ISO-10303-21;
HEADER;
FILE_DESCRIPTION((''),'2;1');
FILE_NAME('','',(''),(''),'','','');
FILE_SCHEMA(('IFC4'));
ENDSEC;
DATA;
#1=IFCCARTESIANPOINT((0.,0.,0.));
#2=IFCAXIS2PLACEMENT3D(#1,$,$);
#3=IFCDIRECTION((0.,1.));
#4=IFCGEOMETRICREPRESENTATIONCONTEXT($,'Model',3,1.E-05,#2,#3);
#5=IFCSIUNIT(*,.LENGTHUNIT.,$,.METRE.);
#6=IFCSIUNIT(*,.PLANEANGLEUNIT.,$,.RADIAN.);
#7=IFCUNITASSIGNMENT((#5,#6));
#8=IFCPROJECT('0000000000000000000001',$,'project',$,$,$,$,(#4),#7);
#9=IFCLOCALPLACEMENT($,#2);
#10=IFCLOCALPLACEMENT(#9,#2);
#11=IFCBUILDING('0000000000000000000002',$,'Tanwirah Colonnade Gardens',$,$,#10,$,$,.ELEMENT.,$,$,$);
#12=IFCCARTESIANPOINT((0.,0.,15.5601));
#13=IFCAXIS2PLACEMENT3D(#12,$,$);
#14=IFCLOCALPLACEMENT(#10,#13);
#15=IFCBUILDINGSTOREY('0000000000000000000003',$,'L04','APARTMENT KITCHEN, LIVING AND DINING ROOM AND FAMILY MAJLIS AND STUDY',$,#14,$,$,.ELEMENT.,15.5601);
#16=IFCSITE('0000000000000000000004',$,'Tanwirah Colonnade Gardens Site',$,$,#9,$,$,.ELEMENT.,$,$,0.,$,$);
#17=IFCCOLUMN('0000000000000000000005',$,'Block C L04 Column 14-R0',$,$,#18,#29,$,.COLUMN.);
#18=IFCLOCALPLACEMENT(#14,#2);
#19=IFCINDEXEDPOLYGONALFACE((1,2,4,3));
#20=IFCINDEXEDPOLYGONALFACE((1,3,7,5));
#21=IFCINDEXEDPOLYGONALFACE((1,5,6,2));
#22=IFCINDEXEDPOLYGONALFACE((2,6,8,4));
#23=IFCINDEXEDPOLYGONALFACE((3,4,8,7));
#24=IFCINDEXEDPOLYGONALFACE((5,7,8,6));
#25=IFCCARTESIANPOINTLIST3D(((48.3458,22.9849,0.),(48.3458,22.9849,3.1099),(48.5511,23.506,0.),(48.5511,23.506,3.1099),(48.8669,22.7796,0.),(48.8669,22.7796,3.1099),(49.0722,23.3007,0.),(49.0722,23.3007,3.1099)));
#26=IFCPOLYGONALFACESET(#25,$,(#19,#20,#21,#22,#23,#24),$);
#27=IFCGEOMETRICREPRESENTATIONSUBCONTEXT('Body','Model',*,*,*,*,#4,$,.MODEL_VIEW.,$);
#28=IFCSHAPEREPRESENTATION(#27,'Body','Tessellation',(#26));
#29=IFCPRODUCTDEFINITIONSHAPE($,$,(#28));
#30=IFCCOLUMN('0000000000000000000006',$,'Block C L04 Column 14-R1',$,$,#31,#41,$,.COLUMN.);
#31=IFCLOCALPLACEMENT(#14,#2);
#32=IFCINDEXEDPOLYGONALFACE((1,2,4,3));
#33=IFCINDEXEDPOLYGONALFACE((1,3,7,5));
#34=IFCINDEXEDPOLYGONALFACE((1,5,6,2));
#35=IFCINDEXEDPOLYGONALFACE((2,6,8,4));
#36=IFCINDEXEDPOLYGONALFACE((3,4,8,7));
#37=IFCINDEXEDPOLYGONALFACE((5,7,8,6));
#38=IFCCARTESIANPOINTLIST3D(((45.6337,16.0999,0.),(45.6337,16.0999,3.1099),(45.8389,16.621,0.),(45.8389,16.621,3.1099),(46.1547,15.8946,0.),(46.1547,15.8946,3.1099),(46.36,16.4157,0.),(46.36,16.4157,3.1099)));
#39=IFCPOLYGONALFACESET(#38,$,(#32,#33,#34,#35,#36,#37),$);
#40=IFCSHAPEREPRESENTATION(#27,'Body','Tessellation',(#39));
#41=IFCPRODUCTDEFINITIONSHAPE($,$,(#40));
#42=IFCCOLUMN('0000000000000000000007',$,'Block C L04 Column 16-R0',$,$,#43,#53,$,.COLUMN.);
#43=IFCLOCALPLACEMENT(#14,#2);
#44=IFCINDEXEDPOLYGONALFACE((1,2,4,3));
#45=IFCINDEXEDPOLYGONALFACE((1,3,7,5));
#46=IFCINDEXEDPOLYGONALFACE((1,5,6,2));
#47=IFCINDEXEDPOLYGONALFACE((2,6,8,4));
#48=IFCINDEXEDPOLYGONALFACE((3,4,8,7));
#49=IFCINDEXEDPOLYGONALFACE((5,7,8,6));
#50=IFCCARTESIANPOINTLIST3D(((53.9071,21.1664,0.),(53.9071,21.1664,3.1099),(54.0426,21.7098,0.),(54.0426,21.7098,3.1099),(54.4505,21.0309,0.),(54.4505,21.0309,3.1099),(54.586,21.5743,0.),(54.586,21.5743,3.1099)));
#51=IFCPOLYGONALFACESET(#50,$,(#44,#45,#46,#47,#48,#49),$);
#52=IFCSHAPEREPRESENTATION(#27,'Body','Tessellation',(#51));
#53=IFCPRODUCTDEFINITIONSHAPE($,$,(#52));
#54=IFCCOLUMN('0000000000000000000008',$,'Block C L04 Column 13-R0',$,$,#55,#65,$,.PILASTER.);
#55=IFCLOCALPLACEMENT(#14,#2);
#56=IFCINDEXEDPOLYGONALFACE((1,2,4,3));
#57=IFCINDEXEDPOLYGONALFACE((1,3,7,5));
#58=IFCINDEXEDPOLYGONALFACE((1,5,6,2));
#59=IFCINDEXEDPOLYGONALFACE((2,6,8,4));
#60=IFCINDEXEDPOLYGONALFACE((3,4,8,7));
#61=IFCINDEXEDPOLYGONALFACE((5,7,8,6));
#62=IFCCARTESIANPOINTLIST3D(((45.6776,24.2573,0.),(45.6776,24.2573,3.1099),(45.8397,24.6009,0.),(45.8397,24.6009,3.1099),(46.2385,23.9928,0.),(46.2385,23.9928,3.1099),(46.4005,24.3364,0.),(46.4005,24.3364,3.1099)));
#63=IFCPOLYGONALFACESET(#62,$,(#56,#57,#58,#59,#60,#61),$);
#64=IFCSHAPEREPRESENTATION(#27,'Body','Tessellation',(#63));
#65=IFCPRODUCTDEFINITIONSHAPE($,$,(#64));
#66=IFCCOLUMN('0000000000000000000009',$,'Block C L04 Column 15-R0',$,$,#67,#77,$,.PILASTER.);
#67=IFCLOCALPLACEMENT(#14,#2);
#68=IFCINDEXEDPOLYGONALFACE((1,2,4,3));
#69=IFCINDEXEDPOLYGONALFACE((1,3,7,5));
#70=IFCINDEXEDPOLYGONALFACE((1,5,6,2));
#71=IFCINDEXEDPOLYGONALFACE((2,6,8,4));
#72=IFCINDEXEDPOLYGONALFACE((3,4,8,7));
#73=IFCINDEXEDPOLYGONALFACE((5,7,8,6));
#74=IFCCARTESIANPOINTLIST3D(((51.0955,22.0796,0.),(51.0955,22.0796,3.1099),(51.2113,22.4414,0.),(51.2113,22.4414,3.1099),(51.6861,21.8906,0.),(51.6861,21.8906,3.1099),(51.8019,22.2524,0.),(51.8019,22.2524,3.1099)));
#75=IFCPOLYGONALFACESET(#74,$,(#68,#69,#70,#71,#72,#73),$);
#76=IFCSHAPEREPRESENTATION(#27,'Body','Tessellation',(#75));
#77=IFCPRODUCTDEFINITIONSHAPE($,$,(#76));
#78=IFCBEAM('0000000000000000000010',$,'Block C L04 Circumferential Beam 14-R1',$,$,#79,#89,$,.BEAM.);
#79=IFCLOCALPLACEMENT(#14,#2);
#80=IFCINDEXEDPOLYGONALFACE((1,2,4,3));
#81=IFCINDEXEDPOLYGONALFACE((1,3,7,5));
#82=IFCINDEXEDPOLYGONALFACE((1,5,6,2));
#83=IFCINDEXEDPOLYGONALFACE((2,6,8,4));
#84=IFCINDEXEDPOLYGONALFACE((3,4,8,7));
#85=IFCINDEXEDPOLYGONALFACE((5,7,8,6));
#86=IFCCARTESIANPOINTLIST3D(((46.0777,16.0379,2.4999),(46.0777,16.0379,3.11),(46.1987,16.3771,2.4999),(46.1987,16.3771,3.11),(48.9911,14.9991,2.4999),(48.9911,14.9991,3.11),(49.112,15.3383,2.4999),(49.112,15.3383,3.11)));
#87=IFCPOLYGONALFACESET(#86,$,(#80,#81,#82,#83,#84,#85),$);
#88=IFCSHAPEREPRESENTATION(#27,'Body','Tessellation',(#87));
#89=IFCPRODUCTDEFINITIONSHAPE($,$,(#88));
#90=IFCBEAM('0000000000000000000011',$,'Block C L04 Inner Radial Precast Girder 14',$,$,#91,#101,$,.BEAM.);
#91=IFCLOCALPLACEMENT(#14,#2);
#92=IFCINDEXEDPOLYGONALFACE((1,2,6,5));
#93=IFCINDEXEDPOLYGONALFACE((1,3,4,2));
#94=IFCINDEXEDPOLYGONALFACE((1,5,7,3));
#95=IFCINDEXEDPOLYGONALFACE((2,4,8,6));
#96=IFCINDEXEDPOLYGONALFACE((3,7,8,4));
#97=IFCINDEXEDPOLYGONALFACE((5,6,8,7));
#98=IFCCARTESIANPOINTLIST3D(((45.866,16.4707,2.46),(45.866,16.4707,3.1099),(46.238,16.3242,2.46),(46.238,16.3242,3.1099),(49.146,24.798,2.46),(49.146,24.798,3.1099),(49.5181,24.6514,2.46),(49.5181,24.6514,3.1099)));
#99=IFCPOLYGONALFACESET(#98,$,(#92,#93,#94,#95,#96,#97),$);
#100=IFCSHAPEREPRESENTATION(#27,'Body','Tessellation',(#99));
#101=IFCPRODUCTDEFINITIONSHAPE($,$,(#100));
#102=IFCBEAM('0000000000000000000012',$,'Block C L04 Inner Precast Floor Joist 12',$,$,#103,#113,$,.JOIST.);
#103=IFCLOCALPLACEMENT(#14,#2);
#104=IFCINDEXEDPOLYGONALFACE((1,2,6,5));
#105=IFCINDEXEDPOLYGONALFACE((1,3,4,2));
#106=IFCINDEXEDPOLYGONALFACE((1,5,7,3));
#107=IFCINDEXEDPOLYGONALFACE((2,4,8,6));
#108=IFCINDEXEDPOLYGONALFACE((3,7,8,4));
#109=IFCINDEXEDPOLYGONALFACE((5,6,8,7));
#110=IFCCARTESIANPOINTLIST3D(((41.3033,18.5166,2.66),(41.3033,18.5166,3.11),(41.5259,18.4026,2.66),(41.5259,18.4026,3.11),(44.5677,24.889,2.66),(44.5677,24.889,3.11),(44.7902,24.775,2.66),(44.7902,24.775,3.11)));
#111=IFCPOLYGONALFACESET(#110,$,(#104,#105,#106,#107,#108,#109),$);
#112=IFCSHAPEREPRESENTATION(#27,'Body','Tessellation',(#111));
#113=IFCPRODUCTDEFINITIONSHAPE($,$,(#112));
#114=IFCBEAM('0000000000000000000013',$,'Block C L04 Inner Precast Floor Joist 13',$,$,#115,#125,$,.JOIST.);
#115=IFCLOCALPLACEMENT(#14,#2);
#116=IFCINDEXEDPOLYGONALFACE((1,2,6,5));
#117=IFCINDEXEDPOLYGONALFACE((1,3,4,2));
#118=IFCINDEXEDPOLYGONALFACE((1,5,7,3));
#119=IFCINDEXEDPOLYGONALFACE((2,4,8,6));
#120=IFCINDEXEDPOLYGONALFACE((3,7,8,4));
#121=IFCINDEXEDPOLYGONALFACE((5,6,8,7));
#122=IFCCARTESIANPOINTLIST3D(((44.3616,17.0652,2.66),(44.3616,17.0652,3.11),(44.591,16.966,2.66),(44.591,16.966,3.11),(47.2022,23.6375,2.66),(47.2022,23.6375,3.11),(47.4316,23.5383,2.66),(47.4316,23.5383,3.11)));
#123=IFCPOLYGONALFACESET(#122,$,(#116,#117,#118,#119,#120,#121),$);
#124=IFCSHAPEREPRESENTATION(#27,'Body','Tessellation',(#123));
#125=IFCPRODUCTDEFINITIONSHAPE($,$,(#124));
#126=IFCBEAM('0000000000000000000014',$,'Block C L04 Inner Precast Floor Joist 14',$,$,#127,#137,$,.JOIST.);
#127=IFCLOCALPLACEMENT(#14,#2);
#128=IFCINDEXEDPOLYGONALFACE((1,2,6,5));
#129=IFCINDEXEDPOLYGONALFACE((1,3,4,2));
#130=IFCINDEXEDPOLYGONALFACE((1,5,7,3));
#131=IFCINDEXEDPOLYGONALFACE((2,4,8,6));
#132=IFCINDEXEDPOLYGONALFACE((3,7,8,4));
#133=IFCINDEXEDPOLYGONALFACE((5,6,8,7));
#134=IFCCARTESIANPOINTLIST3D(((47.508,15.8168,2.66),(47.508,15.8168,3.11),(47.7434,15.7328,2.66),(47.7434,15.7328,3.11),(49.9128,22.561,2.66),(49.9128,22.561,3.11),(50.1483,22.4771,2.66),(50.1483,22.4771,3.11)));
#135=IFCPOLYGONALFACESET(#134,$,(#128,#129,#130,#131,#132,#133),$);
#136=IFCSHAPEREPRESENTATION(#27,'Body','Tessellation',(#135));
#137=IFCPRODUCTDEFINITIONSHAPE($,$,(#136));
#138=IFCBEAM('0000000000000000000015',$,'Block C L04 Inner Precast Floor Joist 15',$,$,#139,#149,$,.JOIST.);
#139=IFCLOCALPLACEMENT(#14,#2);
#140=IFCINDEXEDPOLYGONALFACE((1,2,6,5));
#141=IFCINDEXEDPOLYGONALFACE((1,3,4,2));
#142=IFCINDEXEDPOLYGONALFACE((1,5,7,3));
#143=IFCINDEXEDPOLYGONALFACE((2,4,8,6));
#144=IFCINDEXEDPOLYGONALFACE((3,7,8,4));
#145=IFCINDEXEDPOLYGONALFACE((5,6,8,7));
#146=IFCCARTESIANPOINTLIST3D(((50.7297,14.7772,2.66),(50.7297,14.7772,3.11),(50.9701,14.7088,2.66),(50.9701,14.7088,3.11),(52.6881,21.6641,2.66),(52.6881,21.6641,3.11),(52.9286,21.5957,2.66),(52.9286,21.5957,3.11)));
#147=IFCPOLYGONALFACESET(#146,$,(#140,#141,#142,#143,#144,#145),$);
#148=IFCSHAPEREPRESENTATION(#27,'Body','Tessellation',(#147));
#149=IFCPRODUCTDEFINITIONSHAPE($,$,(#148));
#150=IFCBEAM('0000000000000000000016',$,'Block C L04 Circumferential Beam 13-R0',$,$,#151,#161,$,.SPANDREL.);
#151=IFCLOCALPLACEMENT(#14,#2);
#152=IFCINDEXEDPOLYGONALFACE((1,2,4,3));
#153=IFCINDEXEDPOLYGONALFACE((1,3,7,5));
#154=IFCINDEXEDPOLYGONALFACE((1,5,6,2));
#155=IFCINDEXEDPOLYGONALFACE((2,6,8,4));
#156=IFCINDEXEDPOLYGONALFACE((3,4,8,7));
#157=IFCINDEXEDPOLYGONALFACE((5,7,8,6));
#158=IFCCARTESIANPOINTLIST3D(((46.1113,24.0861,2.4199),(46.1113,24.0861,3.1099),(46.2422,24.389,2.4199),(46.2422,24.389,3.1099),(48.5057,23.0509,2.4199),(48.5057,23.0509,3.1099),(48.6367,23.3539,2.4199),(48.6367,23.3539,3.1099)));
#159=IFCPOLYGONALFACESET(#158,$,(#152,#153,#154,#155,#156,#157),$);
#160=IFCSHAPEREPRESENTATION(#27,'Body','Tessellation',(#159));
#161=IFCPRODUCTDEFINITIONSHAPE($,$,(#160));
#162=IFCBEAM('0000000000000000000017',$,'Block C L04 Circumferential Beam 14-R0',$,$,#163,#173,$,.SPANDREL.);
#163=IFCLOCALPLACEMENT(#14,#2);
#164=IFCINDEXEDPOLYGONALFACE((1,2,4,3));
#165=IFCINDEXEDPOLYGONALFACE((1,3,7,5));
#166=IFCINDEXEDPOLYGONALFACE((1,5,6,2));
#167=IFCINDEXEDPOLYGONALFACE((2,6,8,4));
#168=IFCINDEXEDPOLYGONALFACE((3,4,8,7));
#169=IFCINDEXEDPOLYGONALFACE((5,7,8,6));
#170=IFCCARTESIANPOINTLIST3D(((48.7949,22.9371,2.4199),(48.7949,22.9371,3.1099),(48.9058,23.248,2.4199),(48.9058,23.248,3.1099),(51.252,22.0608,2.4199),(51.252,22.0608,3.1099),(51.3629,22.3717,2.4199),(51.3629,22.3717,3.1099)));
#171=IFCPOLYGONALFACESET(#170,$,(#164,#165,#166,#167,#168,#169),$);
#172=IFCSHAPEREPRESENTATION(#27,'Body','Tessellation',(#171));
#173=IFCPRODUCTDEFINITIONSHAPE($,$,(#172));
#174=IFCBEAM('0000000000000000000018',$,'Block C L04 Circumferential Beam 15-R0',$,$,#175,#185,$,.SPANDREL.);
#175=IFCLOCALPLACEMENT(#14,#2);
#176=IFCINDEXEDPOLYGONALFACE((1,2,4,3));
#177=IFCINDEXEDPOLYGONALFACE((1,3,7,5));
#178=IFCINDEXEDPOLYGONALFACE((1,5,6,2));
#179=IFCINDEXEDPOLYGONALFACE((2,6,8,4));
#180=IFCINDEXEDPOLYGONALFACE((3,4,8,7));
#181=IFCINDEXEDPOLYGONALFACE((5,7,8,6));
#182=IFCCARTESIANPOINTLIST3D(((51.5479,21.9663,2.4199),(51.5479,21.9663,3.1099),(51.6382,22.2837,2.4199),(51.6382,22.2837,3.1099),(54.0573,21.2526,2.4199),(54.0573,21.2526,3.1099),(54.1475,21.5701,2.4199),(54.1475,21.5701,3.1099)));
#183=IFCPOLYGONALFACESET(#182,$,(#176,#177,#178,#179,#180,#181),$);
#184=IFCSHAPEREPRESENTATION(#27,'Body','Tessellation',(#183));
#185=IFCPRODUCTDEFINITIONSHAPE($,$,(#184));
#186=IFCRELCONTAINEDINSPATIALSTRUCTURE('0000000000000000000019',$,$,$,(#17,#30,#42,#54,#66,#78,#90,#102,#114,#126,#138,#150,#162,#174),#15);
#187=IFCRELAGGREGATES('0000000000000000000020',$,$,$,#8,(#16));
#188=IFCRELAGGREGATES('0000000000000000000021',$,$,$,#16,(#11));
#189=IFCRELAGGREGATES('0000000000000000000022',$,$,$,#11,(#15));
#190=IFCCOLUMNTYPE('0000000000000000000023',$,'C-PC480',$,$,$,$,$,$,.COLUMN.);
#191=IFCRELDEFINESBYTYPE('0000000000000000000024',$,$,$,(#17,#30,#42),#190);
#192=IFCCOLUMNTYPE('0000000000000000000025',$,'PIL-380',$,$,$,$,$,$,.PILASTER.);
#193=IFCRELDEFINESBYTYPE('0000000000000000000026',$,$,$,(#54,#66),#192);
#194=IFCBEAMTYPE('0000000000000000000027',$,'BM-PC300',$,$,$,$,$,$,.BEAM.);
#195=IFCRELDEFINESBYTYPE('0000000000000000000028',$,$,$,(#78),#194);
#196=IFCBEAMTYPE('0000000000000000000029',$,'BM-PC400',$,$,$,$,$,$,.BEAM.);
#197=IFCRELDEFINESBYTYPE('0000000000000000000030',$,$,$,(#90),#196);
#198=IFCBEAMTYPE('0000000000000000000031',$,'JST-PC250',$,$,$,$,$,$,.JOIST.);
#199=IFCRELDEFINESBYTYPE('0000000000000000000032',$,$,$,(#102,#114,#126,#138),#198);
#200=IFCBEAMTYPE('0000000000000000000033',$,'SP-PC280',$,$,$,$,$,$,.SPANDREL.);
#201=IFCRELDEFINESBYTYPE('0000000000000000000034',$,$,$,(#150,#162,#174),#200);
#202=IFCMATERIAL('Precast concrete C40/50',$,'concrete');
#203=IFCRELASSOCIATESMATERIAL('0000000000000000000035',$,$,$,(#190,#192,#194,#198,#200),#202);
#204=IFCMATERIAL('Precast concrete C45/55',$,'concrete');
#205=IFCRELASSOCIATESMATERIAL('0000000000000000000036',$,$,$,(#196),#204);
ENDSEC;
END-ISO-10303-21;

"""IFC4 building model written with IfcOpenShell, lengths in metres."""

from ifc_helpers import new_model, si_unit, direction, frame, origin, origin_2d, place, context, subcontext, project, spatial, rectangle, extrude, material, material_profile, profile_set, type_object, element, save


model = new_model("IFC4")

# Units and contexts
model_context = context("Model", 3, precision=1e-05, world=origin(), true_north=direction((0.0, 1.0)))
body_context = subcontext(model_context, "Body", "Model", "MODEL_VIEW")
ifc_project = project(units=[si_unit("LENGTHUNIT", "METRE"), si_unit("PLANEANGLEUNIT", "RADIAN")], contexts=[model_context])

# Site, building, storey
site_placement = place(None, origin())
site = spatial("IfcSite", under=ifc_project, at=site_placement, Name="Tanwirah Colonnade Gardens Site", CompositionType="ELEMENT", RefElevation=0.0)
building_placement = place(site_placement, origin())
building = spatial("IfcBuilding", under=site, at=building_placement, Name="Tanwirah Colonnade Gardens", CompositionType="ELEMENT")
storey_placement = place(building_placement, frame((0.0, 0.0, 15.5601)))
storey = spatial("IfcBuildingStorey", under=building, at=storey_placement, Name="L04", Description="APARTMENT KITCHEN, LIVING AND DINING ROOM AND FAMILY MAJLIS AND STUDY", CompositionType="ELEMENT", Elevation=15.5601)

# Columns
ifc_material_1 = material(Name="Precast concrete C40/50", Category="concrete")
ifc_material_profile_1 = material_profile(ifc_material_1, rectangle(XDim=0.5601, YDim=0.5601, at=origin_2d()), Name="PC-COL 560x560")
ifc_profile_set_1 = profile_set([ifc_material_profile_1], Name="Precast concrete C40/50")
column_type_1 = type_object("IfcColumnType", Name="C-PC480", PredefinedType="COLUMN", material=ifc_profile_set_1)
for number, where, z_axis, x_axis, name in (
    (1, (48.709, 23.1428, 0.0), (0.0, 0.0, 1.0), (-0.366501, -0.930418, 0.0), "Block C L04 Column 14-R0"),
    (2, (45.9968, 16.2578, 0.0), (0.0, 0.0, 1.0), (-0.366501, -0.930418, 0.0), "Block C L04 Column 14-R1"),
    (3, (54.2466, 21.3704, 0.0), (0.0, 0.0, 1.0), (-0.241922, -0.970296, 0.0), "Block C L04 Column 16-R0"),
):
    element("IfcColumn", number, at=place(storey_placement, frame(where, z_axis=z_axis, x_axis=x_axis)), inside=storey, type_object=column_type_1, Name=name, PredefinedType="COLUMN", context=body_context, shape_type="SweptSolid", body=[
        extrude(rectangle(XDim=0.5601, YDim=0.5601, at=origin_2d()), origin(), (0.0, 0.0, 1.0), 3.1099),
    ])
ifc_material_profile_2 = material_profile(ifc_material_1, rectangle(XDim=0.3799, YDim=0.6201, at=origin_2d()), Name="PC-PIL 380x620")
ifc_profile_set_2 = profile_set([ifc_material_profile_2], Name="Precast concrete C40/50")
column_type_2 = type_object("IfcColumnType", Name="PIL-380", PredefinedType="PILASTER", material=ifc_profile_set_2)
for number, where, z_axis, x_axis, name in (
    (4, (46.0391, 24.2969, 0.0), (0.0, 0.0, 1.0), (-0.426569, -0.904455, 0.0), "Block C L04 Column 13-R0"),
    (5, (51.4487, 22.166, 0.0), (0.0, 0.0, 1.0), (-0.304864, -0.952396, 0.0), "Block C L04 Column 15-R0"),
):
    element("IfcColumn", number, at=place(storey_placement, frame(where, z_axis=z_axis, x_axis=x_axis)), inside=storey, type_object=column_type_2, Name=name, PredefinedType="PILASTER", context=body_context, shape_type="SweptSolid", body=[
        extrude(rectangle(XDim=0.3799, YDim=0.6201, at=origin_2d()), origin(), (0.0, 0.0, 1.0), 3.1099),
    ])

# Beams
ifc_material_profile_3 = material_profile(ifc_material_1, rectangle(XDim=0.3601, YDim=0.6101, at=origin_2d()), Name="PC-BM 360x610")
ifc_profile_set_3 = profile_set([ifc_material_profile_3], Name="Precast concrete C40/50")
beam_type_1 = type_object("IfcBeamType", Name="BM-PC300", PredefinedType="BEAM", material=ifc_profile_set_3)
beam_1_placement = place(storey_placement, frame((46.1382, 16.2075, 2.8049), z_axis=(0.941911, -0.335861, 0.0), x_axis=(0.335861, 0.941911, 0.0)))
element("IfcBeam", 6, at=beam_1_placement, inside=storey, type_object=beam_type_1, Name="Block C L04 Circumferential Beam 14-R1", PredefinedType="BEAM", context=body_context, shape_type="SweptSolid", body=[
    extrude(rectangle(XDim=0.3601, YDim=0.6101, at=origin_2d()), origin(), (0.0, 0.0, 1.0), 3.093),
])
ifc_material_2 = material(Name="Precast concrete C45/55", Category="concrete")
ifc_material_profile_4 = material_profile(ifc_material_2, rectangle(XDim=0.3999, YDim=0.6499, at=origin_2d()), Name="PC-BM 400x650")
ifc_profile_set_4 = profile_set([ifc_material_profile_4], Name="Precast concrete C45/55")
beam_type_2 = type_object("IfcBeamType", Name="BM-PC400", PredefinedType="BEAM", material=ifc_profile_set_4)
beam_2_placement = place(storey_placement, frame((46.052, 16.3975, 2.7849), z_axis=(0.366489, 0.930422, 0.0), x_axis=(-0.930422, 0.366489, 0.0)))
element("IfcBeam", 7, at=beam_2_placement, inside=storey, type_object=beam_type_2, Name="Block C L04 Inner Radial Precast Girder 14", PredefinedType="BEAM", context=body_context, shape_type="SweptSolid", body=[
    extrude(rectangle(XDim=0.3999, YDim=0.6499, at=origin_2d()), origin(), (0.0, 0.0, 1.0), 8.95),
])
ifc_material_profile_5 = material_profile(ifc_material_1, rectangle(XDim=0.25, YDim=0.45, at=origin_2d()), Name="PC-JST 250x450")
ifc_profile_set_5 = profile_set([ifc_material_profile_5], Name="Precast concrete C40/50")
beam_type_3 = type_object("IfcBeamType", Name="JST-PC250", PredefinedType="JOIST", material=ifc_profile_set_5)
for number, where, z_axis, x_axis, name in (
    (8, (44.679, 24.832, 2.885), (-0.455921, -0.89002, 0.0), (0.89002, -0.455921, 0.0), "Block C L04 Inner Precast Floor Joist 12"),
    (9, (47.3169, 23.5879, 2.885), (-0.396736, -0.917933, 0.0), (0.917933, -0.396736, 0.0), "Block C L04 Inner Precast Floor Joist 13"),
):
    element("IfcBeam", number, at=place(storey_placement, frame(where, z_axis=z_axis, x_axis=x_axis)), inside=storey, type_object=beam_type_3, Name=name, PredefinedType="JOIST", context=body_context, shape_type="SweptSolid", body=[
        extrude(rectangle(XDim=0.25, YDim=0.45, at=origin_2d()), origin(), (0.0, 0.0, 1.0), 7.1599),
    ])
beam_3_placement = place(storey_placement, frame((50.0305, 22.519, 2.885), z_axis=(-0.335861, -0.941912, 0.0), x_axis=(0.941912, -0.335861, 0.0)))
element("IfcBeam", 10, at=beam_3_placement, inside=storey, type_object=beam_type_3, Name="Block C L04 Inner Precast Floor Joist 14", PredefinedType="JOIST", context=body_context, shape_type="SweptSolid", body=[
    extrude(rectangle(XDim=0.25, YDim=0.45, at=origin_2d()), origin(), (0.0, 0.0, 1.0), 7.1602),
])
beam_4_placement = place(storey_placement, frame((52.8083, 21.6299, 2.885), z_axis=(-0.273532, -0.961863, 0.0), x_axis=(0.961863, -0.273532, 0.0)))
element("IfcBeam", 11, at=beam_4_placement, inside=storey, type_object=beam_type_3, Name="Block C L04 Inner Precast Floor Joist 15", PredefinedType="JOIST", context=body_context, shape_type="SweptSolid", body=[
    extrude(rectangle(XDim=0.25, YDim=0.45, at=origin_2d()), origin(), (0.0, 0.0, 1.0), 7.1599),
])
ifc_material_profile_6 = material_profile(ifc_material_1, rectangle(XDim=0.3301, YDim=0.6899, at=origin_2d()), Name="PC-SP 330x690")
ifc_profile_set_6 = profile_set([ifc_material_profile_6], Name="Precast concrete C40/50")
beam_type_4 = type_object("IfcBeamType", Name="SP-PC280", PredefinedType="SPANDREL", material=ifc_profile_set_6)
for number, where, z_axis, x_axis, name in (
    (12, (46.1768, 24.2375, 2.7649), (0.917901, -0.396809, 0.0), (0.396809, 0.917901, 0.0), "Block C L04 Circumferential Beam 13-R0"),
    (13, (48.8503, 23.0925, 2.7649), (0.941898, -0.335898, 0.0), (0.335898, 0.941898, 0.0), "Block C L04 Circumferential Beam 14-R0"),
):
    element("IfcBeam", number, at=place(storey_placement, frame(where, z_axis=z_axis, x_axis=x_axis)), inside=storey, type_object=beam_type_4, Name=name, PredefinedType="SPANDREL", context=body_context, shape_type="SweptSolid", body=[
        extrude(rectangle(XDim=0.3301, YDim=0.6899, at=origin_2d()), origin(), (0.0, 0.0, 1.0), 2.6086),
    ])
beam_5_placement = place(storey_placement, frame((51.593, 22.125, 2.7649), z_axis=(0.961859, -0.273547, 0.0), x_axis=(0.273547, 0.961859, 0.0)))
element("IfcBeam", 14, at=beam_5_placement, inside=storey, type_object=beam_type_4, Name="Block C L04 Circumferential Beam 15-R0", PredefinedType="SPANDREL", context=body_context, shape_type="SweptSolid", body=[
    extrude(rectangle(XDim=0.3301, YDim=0.6899, at=origin_2d()), origin(), (0.0, 0.0, 1.0), 2.6089),
])

save(model, "model.ifc")
